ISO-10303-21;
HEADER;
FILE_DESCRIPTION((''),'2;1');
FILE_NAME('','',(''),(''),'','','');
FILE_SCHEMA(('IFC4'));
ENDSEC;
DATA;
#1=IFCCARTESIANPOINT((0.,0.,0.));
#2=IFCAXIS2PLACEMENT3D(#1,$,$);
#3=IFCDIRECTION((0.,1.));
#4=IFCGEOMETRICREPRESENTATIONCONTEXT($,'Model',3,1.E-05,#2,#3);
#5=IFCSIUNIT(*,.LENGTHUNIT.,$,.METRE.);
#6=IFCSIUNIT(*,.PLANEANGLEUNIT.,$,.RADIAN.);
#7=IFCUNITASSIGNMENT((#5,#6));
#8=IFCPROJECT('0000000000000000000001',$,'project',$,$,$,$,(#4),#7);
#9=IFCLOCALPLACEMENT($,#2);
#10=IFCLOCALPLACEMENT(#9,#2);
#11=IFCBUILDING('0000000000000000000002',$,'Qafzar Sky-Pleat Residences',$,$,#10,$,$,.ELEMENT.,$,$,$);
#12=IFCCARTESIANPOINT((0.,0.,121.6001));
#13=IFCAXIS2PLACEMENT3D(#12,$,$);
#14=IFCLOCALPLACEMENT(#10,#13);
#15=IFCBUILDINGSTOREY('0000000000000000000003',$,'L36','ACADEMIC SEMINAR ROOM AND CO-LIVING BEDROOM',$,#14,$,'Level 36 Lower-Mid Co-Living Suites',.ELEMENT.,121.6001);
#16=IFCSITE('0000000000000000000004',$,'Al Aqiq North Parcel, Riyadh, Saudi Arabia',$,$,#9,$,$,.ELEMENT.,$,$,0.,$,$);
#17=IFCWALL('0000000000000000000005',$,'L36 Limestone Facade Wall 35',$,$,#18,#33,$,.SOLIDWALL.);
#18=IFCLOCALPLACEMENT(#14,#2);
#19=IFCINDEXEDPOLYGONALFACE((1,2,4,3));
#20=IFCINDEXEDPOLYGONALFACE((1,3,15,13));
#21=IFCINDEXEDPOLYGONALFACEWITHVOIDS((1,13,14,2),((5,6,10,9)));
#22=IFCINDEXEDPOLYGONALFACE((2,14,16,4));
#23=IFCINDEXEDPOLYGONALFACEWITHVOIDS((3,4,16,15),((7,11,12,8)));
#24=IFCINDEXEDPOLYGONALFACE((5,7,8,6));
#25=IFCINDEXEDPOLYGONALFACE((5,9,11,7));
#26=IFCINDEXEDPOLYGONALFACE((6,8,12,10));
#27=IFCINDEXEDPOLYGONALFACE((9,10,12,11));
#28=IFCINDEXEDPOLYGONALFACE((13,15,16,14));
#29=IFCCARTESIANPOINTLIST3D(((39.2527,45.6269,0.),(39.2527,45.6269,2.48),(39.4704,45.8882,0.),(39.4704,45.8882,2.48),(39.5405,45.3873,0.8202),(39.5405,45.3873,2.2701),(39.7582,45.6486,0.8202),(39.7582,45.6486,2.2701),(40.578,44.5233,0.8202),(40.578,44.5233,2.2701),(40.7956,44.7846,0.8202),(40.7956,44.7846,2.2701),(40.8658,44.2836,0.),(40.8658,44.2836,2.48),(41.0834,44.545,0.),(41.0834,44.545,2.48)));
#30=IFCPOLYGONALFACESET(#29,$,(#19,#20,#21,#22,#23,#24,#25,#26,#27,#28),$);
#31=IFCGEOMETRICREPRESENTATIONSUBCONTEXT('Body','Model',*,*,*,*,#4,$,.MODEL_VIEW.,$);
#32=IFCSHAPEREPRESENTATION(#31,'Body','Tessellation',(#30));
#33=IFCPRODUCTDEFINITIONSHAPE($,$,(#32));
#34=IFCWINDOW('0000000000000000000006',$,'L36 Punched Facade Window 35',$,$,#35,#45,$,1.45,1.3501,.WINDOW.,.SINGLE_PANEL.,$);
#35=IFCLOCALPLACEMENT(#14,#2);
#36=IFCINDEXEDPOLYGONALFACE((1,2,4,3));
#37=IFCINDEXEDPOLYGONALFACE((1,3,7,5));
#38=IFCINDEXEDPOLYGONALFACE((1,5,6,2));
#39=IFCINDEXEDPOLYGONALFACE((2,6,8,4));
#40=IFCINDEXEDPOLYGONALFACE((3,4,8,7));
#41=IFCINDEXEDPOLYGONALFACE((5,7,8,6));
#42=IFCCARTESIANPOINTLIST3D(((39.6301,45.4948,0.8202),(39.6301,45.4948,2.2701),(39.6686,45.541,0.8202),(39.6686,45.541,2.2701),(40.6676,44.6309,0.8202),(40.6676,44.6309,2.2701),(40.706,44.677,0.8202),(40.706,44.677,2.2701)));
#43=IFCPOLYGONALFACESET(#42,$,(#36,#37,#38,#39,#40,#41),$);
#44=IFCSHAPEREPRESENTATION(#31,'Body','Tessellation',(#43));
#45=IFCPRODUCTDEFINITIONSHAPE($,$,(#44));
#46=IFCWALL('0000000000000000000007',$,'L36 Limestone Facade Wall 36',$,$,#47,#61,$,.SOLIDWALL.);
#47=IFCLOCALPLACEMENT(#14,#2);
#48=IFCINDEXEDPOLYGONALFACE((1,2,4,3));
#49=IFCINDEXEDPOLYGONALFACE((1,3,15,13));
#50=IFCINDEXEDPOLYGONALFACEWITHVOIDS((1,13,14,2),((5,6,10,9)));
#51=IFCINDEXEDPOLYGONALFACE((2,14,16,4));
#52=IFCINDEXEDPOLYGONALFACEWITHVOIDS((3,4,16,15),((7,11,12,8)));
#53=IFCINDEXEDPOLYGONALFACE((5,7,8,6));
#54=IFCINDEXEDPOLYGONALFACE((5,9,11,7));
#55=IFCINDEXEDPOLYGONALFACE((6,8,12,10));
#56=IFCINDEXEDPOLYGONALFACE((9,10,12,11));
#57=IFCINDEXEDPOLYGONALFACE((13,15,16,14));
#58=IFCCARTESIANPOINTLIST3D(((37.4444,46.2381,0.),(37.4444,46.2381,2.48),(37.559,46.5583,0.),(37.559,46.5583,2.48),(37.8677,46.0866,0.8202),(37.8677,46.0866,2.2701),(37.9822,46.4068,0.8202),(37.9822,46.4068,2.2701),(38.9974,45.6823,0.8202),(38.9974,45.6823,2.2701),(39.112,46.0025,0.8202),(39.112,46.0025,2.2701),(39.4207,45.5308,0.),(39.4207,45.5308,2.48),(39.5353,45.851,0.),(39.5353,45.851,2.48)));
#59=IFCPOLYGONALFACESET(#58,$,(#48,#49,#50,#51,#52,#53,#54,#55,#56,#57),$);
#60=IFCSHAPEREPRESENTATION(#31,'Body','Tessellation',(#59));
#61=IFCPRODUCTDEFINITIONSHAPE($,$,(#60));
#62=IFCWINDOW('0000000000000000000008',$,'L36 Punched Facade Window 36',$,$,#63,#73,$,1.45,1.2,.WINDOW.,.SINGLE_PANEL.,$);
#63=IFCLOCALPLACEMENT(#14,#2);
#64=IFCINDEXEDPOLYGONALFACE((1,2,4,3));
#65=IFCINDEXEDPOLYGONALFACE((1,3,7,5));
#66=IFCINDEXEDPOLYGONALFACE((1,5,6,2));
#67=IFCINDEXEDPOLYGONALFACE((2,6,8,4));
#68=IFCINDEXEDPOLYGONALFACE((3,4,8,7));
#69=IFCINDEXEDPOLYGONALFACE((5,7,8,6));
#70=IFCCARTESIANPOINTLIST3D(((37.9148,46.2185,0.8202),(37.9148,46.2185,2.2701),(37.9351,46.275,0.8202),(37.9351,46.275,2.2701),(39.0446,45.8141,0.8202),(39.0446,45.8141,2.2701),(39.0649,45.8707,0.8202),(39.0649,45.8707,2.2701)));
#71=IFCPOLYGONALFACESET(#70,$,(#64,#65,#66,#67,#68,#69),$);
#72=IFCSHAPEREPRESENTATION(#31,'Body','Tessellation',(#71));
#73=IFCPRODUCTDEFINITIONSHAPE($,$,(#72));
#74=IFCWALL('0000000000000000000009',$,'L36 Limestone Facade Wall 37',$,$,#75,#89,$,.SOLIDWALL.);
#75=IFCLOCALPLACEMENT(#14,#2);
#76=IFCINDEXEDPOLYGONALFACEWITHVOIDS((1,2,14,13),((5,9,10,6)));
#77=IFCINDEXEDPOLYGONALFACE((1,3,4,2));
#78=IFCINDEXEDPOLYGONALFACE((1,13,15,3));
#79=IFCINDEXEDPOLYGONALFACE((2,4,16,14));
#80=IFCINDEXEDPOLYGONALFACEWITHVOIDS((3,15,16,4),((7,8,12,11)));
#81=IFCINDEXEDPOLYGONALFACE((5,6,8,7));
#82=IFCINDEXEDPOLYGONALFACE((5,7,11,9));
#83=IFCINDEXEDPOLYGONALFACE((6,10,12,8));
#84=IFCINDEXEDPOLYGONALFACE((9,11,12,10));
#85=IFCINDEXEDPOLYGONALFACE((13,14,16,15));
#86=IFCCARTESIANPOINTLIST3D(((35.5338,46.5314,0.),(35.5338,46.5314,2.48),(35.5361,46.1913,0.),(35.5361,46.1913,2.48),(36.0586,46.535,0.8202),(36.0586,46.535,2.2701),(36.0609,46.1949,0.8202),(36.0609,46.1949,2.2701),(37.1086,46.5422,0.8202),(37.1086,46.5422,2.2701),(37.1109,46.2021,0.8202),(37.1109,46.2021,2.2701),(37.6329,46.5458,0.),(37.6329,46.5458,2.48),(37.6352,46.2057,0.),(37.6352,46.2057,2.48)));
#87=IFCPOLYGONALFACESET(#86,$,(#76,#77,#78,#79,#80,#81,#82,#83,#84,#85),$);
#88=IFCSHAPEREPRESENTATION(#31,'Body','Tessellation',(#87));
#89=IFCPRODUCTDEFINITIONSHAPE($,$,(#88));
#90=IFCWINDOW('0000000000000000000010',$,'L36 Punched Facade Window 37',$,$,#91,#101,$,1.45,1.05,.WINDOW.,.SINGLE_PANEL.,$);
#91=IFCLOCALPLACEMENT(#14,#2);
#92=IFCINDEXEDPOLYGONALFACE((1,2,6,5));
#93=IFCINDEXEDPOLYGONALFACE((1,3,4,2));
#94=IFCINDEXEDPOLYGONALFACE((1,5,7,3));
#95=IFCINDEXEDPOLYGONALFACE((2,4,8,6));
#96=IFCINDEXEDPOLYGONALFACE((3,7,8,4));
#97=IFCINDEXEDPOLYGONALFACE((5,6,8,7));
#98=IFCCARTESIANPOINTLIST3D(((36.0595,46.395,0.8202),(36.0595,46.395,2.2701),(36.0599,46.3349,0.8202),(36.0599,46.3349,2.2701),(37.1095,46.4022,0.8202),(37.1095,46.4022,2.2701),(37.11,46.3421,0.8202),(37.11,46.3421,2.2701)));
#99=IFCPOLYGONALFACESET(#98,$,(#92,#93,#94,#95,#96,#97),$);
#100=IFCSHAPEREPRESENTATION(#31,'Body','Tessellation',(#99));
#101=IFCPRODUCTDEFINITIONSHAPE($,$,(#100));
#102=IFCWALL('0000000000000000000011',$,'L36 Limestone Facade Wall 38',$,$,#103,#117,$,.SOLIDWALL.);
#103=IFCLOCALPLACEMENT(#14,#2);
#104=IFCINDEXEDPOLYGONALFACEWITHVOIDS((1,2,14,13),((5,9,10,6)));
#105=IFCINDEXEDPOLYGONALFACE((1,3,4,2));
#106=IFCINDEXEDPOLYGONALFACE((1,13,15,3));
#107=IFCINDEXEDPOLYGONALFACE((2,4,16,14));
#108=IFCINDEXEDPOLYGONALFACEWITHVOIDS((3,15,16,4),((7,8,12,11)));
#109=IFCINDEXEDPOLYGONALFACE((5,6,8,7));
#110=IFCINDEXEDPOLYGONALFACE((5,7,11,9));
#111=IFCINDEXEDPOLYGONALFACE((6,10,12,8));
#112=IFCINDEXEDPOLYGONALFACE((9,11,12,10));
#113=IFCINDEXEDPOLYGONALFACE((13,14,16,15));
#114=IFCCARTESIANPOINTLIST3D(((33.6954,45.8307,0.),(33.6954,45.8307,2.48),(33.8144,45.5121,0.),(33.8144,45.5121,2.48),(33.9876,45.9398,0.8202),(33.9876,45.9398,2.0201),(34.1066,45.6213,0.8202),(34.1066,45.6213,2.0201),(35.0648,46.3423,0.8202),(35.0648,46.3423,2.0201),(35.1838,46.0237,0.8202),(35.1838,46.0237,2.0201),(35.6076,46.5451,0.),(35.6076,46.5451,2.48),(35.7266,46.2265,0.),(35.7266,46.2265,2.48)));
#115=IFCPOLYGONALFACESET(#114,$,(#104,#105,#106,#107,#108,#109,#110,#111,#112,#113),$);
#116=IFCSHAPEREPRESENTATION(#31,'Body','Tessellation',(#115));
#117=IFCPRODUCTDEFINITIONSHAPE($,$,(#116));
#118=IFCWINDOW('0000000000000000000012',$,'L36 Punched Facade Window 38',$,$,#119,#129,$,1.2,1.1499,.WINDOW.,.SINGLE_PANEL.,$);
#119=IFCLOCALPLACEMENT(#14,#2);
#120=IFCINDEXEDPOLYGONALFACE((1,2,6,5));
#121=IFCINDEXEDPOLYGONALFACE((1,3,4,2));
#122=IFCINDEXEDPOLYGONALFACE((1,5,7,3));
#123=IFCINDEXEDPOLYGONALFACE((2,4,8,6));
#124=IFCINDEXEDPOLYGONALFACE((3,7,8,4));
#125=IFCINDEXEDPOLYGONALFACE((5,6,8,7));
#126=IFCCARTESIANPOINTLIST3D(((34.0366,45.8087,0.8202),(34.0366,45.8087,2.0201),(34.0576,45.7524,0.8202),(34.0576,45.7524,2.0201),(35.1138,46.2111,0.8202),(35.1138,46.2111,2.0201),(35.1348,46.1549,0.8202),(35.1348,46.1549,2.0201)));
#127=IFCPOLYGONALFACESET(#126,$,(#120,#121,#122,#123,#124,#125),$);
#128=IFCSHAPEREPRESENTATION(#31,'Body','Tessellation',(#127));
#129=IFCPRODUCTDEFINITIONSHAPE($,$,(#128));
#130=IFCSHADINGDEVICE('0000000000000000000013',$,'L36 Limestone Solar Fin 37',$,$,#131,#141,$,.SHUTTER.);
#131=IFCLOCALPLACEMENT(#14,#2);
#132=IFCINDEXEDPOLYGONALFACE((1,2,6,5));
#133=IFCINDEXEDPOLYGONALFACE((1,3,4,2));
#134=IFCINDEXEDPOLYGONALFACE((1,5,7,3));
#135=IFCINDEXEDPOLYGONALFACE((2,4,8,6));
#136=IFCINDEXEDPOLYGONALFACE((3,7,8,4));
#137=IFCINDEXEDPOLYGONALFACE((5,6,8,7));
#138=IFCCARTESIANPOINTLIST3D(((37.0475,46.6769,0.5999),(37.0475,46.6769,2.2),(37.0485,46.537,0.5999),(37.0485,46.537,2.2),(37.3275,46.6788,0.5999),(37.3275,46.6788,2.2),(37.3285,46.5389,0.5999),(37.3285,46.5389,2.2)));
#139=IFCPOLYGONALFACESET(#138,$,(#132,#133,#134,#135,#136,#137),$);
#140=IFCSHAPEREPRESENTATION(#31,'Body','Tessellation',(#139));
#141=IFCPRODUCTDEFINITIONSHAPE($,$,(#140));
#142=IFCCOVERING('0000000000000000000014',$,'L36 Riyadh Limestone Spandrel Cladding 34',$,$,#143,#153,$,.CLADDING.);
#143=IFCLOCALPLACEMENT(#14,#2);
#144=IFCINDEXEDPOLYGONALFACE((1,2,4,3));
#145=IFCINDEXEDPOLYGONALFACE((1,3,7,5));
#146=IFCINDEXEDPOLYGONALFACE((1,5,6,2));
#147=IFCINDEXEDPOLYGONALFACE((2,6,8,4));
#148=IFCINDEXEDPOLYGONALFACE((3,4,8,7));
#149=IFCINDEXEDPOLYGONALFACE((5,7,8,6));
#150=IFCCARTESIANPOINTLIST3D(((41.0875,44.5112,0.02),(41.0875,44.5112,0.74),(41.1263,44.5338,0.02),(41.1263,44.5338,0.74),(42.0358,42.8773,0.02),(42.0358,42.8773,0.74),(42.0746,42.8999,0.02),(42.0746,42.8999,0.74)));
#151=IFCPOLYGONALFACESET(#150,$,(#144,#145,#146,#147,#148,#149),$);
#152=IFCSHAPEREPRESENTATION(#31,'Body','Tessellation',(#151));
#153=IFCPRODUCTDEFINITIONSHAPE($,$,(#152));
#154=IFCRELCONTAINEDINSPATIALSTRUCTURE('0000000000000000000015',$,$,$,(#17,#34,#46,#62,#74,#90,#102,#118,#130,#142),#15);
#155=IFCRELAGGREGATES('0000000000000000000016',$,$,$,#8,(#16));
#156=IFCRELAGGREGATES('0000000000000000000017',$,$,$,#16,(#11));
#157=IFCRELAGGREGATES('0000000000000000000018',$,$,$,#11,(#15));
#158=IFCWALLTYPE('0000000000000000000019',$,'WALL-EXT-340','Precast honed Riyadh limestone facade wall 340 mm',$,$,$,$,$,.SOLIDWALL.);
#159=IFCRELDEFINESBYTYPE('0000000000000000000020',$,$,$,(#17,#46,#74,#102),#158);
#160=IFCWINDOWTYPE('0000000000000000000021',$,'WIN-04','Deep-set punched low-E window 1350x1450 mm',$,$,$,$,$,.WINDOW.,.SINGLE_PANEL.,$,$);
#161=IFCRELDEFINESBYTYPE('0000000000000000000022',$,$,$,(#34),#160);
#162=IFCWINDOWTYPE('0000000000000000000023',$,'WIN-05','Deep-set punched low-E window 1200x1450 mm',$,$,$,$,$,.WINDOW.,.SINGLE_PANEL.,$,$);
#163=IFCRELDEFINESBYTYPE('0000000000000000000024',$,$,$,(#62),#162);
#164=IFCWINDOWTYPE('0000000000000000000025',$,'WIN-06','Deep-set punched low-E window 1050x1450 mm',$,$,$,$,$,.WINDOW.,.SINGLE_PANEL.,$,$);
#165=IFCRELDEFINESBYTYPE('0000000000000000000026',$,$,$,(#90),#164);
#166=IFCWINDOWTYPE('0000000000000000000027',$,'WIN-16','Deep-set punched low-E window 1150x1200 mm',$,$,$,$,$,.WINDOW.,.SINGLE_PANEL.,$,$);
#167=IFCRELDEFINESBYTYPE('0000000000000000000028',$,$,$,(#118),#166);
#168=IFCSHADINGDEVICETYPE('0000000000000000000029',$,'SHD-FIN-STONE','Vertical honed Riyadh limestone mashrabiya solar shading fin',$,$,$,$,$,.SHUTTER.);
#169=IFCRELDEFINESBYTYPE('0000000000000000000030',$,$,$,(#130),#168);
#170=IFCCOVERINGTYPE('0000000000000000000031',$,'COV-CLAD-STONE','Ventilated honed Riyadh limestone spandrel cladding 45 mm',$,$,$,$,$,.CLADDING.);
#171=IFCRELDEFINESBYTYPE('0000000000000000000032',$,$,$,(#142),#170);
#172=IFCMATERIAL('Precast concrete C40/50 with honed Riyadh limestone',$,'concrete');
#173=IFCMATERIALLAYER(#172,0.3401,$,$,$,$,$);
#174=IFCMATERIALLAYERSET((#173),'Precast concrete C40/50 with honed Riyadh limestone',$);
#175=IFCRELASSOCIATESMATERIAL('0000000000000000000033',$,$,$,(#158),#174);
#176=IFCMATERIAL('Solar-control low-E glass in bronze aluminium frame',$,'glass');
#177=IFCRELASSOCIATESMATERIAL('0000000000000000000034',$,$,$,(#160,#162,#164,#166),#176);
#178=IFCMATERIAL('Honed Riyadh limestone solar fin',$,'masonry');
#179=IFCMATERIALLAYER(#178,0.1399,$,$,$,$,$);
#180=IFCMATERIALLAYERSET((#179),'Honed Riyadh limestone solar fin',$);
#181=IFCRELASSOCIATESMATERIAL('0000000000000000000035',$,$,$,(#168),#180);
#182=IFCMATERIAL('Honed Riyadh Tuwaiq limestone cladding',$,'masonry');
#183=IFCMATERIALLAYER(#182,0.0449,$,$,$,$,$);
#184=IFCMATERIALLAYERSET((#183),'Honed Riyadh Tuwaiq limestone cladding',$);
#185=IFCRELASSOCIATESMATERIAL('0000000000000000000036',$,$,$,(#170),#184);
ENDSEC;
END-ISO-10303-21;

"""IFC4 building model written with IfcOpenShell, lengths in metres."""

from ifc_helpers import new_model, si_unit, direction, frame, frame_2d, origin, origin_2d, place, context, subcontext, project, spatial, rectangle, extrude, source, transform, mapped, material, layer, layer_set, type_object, element, fill, save


model = new_model("IFC4")

# Units and contexts
model_context = context("Model", 3, precision=1e-05, world=origin(), true_north=direction((0.0, 1.0)))
body_context = subcontext(model_context, "Body", "Model", "MODEL_VIEW")
ifc_project = project(units=[si_unit("LENGTHUNIT", "METRE"), si_unit("PLANEANGLEUNIT", "RADIAN")], contexts=[model_context])

# Site, building, storey
site_placement = place(None, origin())
site = spatial("IfcSite", under=ifc_project, at=site_placement, Name="Al Aqiq North Parcel, Riyadh, Saudi Arabia", CompositionType="ELEMENT", RefElevation=0.0)
building_placement = place(site_placement, origin())
building = spatial("IfcBuilding", under=site, at=building_placement, Name="Qafzar Sky-Pleat Residences", CompositionType="ELEMENT")
storey_placement = place(building_placement, frame((0.0, 0.0, 121.6001)))
storey = spatial("IfcBuildingStorey", under=building, at=storey_placement, Name="L36", Description="ACADEMIC SEMINAR ROOM AND CO-LIVING BEDROOM", LongName="Level 36 Lower-Mid Co-Living Suites", CompositionType="ELEMENT", Elevation=121.6001)

# Shared definitions
ifc_material_1 = material(Name="Precast concrete C40/50 with honed Riyadh limestone", Category="concrete")
ifc_layer_1 = layer(ifc_material_1, 0.3401)
ifc_layer_set_1 = layer_set([ifc_layer_1], Name="Precast concrete C40/50 with honed Riyadh limestone")
wall_type_1 = type_object("IfcWallType", Name="WALL-EXT-340", Description="Precast honed Riyadh limestone facade wall 340 mm", PredefinedType="SOLIDWALL", material=ifc_layer_set_1)
ifc_material_2 = material(Name="Solar-control low-E glass in bronze aluminium frame", Category="glass")

# Walls, openings, windows
wall_1_placement = place(storey_placement, frame((40.9746, 44.4143, 0.0), z_axis=(0.0, 0.0, 1.0), x_axis=(-0.768441, 0.639921, 0.0)))
wall_1 = element("IfcWall", 1, at=wall_1_placement, inside=storey, type_object=wall_type_1, Name="L36 Limestone Facade Wall 35", PredefinedType="SOLIDWALL", context=body_context, shape_type="SweptSolid", body=[
    extrude(rectangle(XDim=2.0991, YDim=0.3401, at=frame_2d((1.0496, 0.0))), origin(), (0.0, 0.0, 1.0), 2.48),
])
opening_1_placement = place(wall_1_placement, frame((0.3745, 0.0, 0.8201)))
opening_1 = element("IfcOpeningElement", 2, at=opening_1_placement, cuts=wall_1, PredefinedType="OPENING", context=body_context, shape_type="SweptSolid", body=[
    extrude(rectangle(XDim=1.3501, YDim=1.45, at=frame_2d((0.675, 0.7251))), frame((0.0, 0.1802, 0.0), z_axis=(0.0, -1.0, 0.0), x_axis=(1.0, 0.0, 0.0)), (0.0, 0.0, 1.0), 0.3601),
])
window_type_1 = type_object("IfcWindowType", Name="WIN-04", Description="Deep-set punched low-E window 1350x1450 mm", PartitioningType="SINGLE_PANEL", PredefinedType="WINDOW", material=ifc_material_2)
shared_shape_1 = source(origin(), body_context, "Body", "SweptSolid", [
    extrude(rectangle(XDim=1.3501, YDim=1.45, at=frame_2d((0.675, 0.7251))), frame((0.0, 0.03, 0.0), z_axis=(0.0, -1.0, 0.0), x_axis=(1.0, 0.0, 0.0)), (0.0, 0.0, 1.0), 0.0601),
])
window_1_placement = place(opening_1_placement, origin())
window_1 = element("IfcWindow", 3, at=window_1_placement, inside=storey, type_object=window_type_1, Name="L36 Punched Facade Window 35", OverallHeight=1.45, OverallWidth=1.3501, PartitioningType="SINGLE_PANEL", PredefinedType="WINDOW", context=body_context, shape_type="MappedRepresentation", body=[
    mapped(shared_shape_1, transform((0.0, 0.0, 0.0), x_axis=(1.0, 0.0, 0.0), y_axis=(0.0, 1.0, 0.0), z_axis=(0.0, 0.0, 1.0), scale=1.0)),
])
fill(opening_1, window_1)
wall_2_placement = place(storey_placement, frame((39.478, 45.6909, 0.0), z_axis=(0.0, 0.0, 1.0), x_axis=(-0.941523, 0.336948, 0.0)))
wall_2 = element("IfcWall", 4, at=wall_2_placement, inside=storey, type_object=wall_type_1, Name="L36 Limestone Facade Wall 36", PredefinedType="SOLIDWALL", context=body_context, shape_type="SweptSolid", body=[
    extrude(rectangle(XDim=2.0991, YDim=0.3401, at=frame_2d((1.0496, 0.0))), origin(), (0.0, 0.0, 1.0), 2.48),
])
opening_2_placement = place(wall_2_placement, frame((0.4495, 0.0, 0.8201)))
opening_2 = element("IfcOpeningElement", 5, at=opening_2_placement, cuts=wall_2, PredefinedType="OPENING", context=body_context, shape_type="SweptSolid", body=[
    extrude(rectangle(XDim=1.2, YDim=1.45, at=frame_2d((0.6001, 0.7251))), frame((0.0, 0.1802, 0.0), z_axis=(0.0, -1.0, 0.0), x_axis=(1.0, 0.0, 0.0)), (0.0, 0.0, 1.0), 0.3601),
])
window_type_2 = type_object("IfcWindowType", Name="WIN-05", Description="Deep-set punched low-E window 1200x1450 mm", PartitioningType="SINGLE_PANEL", PredefinedType="WINDOW", material=ifc_material_2)
shared_shape_2 = source(origin(), body_context, "Body", "SweptSolid", [
    extrude(rectangle(XDim=1.2, YDim=1.45, at=frame_2d((0.6001, 0.7251))), frame((0.0, 0.03, 0.0), z_axis=(0.0, -1.0, 0.0), x_axis=(1.0, 0.0, 0.0)), (0.0, 0.0, 1.0), 0.0601),
])
window_2_placement = place(opening_2_placement, origin())
window_2 = element("IfcWindow", 6, at=window_2_placement, inside=storey, type_object=window_type_2, Name="L36 Punched Facade Window 36", OverallHeight=1.45, OverallWidth=1.2, PartitioningType="SINGLE_PANEL", PredefinedType="WINDOW", context=body_context, shape_type="MappedRepresentation", body=[
    mapped(shared_shape_2, transform((0.0, 0.0, 0.0), x_axis=(1.0, 0.0, 0.0), y_axis=(0.0, 1.0, 0.0), z_axis=(0.0, 0.0, 1.0), scale=1.0)),
])
fill(opening_2, window_2)
wall_3_placement = place(storey_placement, frame((37.634, 46.3757, 0.0), z_axis=(0.0, 0.0, 1.0), x_axis=(-0.999976, -0.006862, 0.0)))
wall_3 = element("IfcWall", 7, at=wall_3_placement, inside=storey, type_object=wall_type_1, Name="L36 Limestone Facade Wall 37", PredefinedType="SOLIDWALL", context=body_context, shape_type="SweptSolid", body=[
    extrude(rectangle(XDim=2.0991, YDim=0.3401, at=frame_2d((1.0496, 0.0))), origin(), (0.0, 0.0, 1.0), 2.48),
])
opening_3_placement = place(wall_3_placement, frame((0.5244, 0.0, 0.8201)))
opening_3 = element("IfcOpeningElement", 8, at=opening_3_placement, cuts=wall_3, PredefinedType="OPENING", context=body_context, shape_type="SweptSolid", body=[
    extrude(rectangle(XDim=1.05, YDim=1.45, at=frame_2d((0.5249, 0.7251))), frame((0.0, 0.1802, 0.0), z_axis=(0.0, -1.0, 0.0), x_axis=(1.0, 0.0, 0.0)), (0.0, 0.0, 1.0), 0.3601),
])
window_type_3 = type_object("IfcWindowType", Name="WIN-06", Description="Deep-set punched low-E window 1050x1450 mm", PartitioningType="SINGLE_PANEL", PredefinedType="WINDOW", material=ifc_material_2)
shared_shape_3 = source(origin(), body_context, "Body", "SweptSolid", [
    extrude(rectangle(XDim=1.05, YDim=1.45, at=frame_2d((0.5249, 0.7251))), frame((0.0, 0.03, 0.0), z_axis=(0.0, -1.0, 0.0), x_axis=(1.0, 0.0, 0.0)), (0.0, 0.0, 1.0), 0.0601),
])
window_3_placement = place(opening_3_placement, origin())
window_3 = element("IfcWindow", 9, at=window_3_placement, inside=storey, type_object=window_type_3, Name="L36 Punched Facade Window 37", OverallHeight=1.45, OverallWidth=1.05, PartitioningType="SINGLE_PANEL", PredefinedType="WINDOW", context=body_context, shape_type="MappedRepresentation", body=[
    mapped(shared_shape_3, transform((0.0, 0.0, 0.0), x_axis=(1.0, 0.0, 0.0), y_axis=(0.0, 1.0, 0.0), z_axis=(0.0, 0.0, 1.0), scale=1.0)),
])
fill(opening_3, window_3)
wall_4_placement = place(storey_placement, frame((35.667, 46.3857, 0.0), z_axis=(0.0, 0.0, 1.0), x_axis=(-0.936761, -0.34997, 0.0)))
wall_4 = element("IfcWall", 10, at=wall_4_placement, inside=storey, type_object=wall_type_1, Name="L36 Limestone Facade Wall 38", PredefinedType="SOLIDWALL", context=body_context, shape_type="SweptSolid", body=[
    extrude(rectangle(XDim=2.0413, YDim=0.3401, at=frame_2d((1.0205, 0.0))), origin(), (0.0, 0.0, 1.0), 2.48),
])
opening_4_placement = place(wall_4_placement, frame((0.5793, 0.0, 0.8201)))
opening_4 = element("IfcOpeningElement", 11, at=opening_4_placement, cuts=wall_4, PredefinedType="OPENING", context=body_context, shape_type="SweptSolid", body=[
    extrude(rectangle(XDim=1.1499, YDim=1.2, at=frame_2d((0.575, 0.6001))), frame((0.0, 0.1802, 0.0), z_axis=(0.0, -1.0, 0.0), x_axis=(1.0, 0.0, 0.0)), (0.0, 0.0, 1.0), 0.3601),
])
window_type_4 = type_object("IfcWindowType", Name="WIN-16", Description="Deep-set punched low-E window 1150x1200 mm", PartitioningType="SINGLE_PANEL", PredefinedType="WINDOW", material=ifc_material_2)
shared_shape_4 = source(origin(), body_context, "Body", "SweptSolid", [
    extrude(rectangle(XDim=1.1499, YDim=1.2, at=frame_2d((0.575, 0.6001))), frame((0.0, 0.03, 0.0), z_axis=(0.0, -1.0, 0.0), x_axis=(1.0, 0.0, 0.0)), (0.0, 0.0, 1.0), 0.0601),
])
window_4_placement = place(opening_4_placement, origin())
window_4 = element("IfcWindow", 12, at=window_4_placement, inside=storey, type_object=window_type_4, Name="L36 Punched Facade Window 38", OverallHeight=1.2, OverallWidth=1.1499, PartitioningType="SINGLE_PANEL", PredefinedType="WINDOW", context=body_context, shape_type="MappedRepresentation", body=[
    mapped(shared_shape_4, transform((0.0, 0.0, 0.0), x_axis=(1.0, 0.0, 0.0), y_axis=(0.0, 1.0, 0.0), z_axis=(0.0, 0.0, 1.0), scale=1.0)),
])
fill(opening_4, window_4)

# Shading device
ifc_material_3 = material(Name="Honed Riyadh limestone solar fin", Category="masonry")
ifc_layer_2 = layer(ifc_material_3, 0.1399)
ifc_layer_set_2 = layer_set([ifc_layer_2], Name="Honed Riyadh limestone solar fin")
shading_device_type = type_object("IfcShadingDeviceType", Name="SHD-FIN-STONE", Description="Vertical honed Riyadh limestone mashrabiya solar shading fin", PredefinedType="SHUTTER", material=ifc_layer_set_2)
shared_shape_5 = source(origin(), body_context, "Body", "SweptSolid", [
    extrude(rectangle(XDim=0.1399, YDim=0.28, at=origin_2d()), origin(), (0.0, 0.0, 1.0), 1.6001),
])
shading_device_placement = place(storey_placement, frame((37.188, 46.6079, 0.5999), z_axis=(0.0, 0.0, 1.0), x_axis=(-0.006821, 0.999977, 0.0)))
element("IfcShadingDevice", 13, at=shading_device_placement, inside=storey, type_object=shading_device_type, Name="L36 Limestone Solar Fin 37", PredefinedType="SHUTTER", context=body_context, shape_type="MappedRepresentation", body=[
    mapped(shared_shape_5, transform((0.0, 0.0, 0.0), x_axis=(1.0, 0.0, 0.0), y_axis=(0.0, 1.0, 0.0), z_axis=(0.0, 0.0, 1.0), scale=1.0)),
])

# Covering
ifc_material_4 = material(Name="Honed Riyadh Tuwaiq limestone cladding", Category="masonry")
ifc_layer_3 = layer(ifc_material_4, 0.0449)
ifc_layer_set_3 = layer_set([ifc_layer_3], Name="Honed Riyadh Tuwaiq limestone cladding")
covering_type = type_object("IfcCoveringType", Name="COV-CLAD-STONE", Description="Ventilated honed Riyadh limestone spandrel cladding 45 mm", PredefinedType="CLADDING", material=ifc_layer_set_3)
shared_shape_6 = source(origin(), body_context, "Body", "SweptSolid", [
    extrude(rectangle(XDim=1.8892, YDim=0.0449, at=origin_2d()), origin(), (0.0, 0.0, 1.0), 0.72),
])
for number, where, z_axis, x_axis, name in (
    (14, (41.5811, 43.7056, 0.02), (0.0, 0.0, 1.0), (-0.501977, 0.864881, 0.0), "L36 Riyadh Limestone Spandrel Cladding 34"),
):
    element("IfcCovering", number, at=place(storey_placement, frame(where, z_axis=z_axis, x_axis=x_axis)), inside=storey, type_object=covering_type, Name=name, PredefinedType="CLADDING", context=body_context, shape_type="MappedRepresentation", body=[
        mapped(shared_shape_6, transform((0.0, 0.0, 0.0), x_axis=(1.0, 0.0, 0.0), y_axis=(0.0, 1.0, 0.0), z_axis=(0.0, 0.0, 1.0), scale=1.0)),
    ])

save(model, "model.ifc")
